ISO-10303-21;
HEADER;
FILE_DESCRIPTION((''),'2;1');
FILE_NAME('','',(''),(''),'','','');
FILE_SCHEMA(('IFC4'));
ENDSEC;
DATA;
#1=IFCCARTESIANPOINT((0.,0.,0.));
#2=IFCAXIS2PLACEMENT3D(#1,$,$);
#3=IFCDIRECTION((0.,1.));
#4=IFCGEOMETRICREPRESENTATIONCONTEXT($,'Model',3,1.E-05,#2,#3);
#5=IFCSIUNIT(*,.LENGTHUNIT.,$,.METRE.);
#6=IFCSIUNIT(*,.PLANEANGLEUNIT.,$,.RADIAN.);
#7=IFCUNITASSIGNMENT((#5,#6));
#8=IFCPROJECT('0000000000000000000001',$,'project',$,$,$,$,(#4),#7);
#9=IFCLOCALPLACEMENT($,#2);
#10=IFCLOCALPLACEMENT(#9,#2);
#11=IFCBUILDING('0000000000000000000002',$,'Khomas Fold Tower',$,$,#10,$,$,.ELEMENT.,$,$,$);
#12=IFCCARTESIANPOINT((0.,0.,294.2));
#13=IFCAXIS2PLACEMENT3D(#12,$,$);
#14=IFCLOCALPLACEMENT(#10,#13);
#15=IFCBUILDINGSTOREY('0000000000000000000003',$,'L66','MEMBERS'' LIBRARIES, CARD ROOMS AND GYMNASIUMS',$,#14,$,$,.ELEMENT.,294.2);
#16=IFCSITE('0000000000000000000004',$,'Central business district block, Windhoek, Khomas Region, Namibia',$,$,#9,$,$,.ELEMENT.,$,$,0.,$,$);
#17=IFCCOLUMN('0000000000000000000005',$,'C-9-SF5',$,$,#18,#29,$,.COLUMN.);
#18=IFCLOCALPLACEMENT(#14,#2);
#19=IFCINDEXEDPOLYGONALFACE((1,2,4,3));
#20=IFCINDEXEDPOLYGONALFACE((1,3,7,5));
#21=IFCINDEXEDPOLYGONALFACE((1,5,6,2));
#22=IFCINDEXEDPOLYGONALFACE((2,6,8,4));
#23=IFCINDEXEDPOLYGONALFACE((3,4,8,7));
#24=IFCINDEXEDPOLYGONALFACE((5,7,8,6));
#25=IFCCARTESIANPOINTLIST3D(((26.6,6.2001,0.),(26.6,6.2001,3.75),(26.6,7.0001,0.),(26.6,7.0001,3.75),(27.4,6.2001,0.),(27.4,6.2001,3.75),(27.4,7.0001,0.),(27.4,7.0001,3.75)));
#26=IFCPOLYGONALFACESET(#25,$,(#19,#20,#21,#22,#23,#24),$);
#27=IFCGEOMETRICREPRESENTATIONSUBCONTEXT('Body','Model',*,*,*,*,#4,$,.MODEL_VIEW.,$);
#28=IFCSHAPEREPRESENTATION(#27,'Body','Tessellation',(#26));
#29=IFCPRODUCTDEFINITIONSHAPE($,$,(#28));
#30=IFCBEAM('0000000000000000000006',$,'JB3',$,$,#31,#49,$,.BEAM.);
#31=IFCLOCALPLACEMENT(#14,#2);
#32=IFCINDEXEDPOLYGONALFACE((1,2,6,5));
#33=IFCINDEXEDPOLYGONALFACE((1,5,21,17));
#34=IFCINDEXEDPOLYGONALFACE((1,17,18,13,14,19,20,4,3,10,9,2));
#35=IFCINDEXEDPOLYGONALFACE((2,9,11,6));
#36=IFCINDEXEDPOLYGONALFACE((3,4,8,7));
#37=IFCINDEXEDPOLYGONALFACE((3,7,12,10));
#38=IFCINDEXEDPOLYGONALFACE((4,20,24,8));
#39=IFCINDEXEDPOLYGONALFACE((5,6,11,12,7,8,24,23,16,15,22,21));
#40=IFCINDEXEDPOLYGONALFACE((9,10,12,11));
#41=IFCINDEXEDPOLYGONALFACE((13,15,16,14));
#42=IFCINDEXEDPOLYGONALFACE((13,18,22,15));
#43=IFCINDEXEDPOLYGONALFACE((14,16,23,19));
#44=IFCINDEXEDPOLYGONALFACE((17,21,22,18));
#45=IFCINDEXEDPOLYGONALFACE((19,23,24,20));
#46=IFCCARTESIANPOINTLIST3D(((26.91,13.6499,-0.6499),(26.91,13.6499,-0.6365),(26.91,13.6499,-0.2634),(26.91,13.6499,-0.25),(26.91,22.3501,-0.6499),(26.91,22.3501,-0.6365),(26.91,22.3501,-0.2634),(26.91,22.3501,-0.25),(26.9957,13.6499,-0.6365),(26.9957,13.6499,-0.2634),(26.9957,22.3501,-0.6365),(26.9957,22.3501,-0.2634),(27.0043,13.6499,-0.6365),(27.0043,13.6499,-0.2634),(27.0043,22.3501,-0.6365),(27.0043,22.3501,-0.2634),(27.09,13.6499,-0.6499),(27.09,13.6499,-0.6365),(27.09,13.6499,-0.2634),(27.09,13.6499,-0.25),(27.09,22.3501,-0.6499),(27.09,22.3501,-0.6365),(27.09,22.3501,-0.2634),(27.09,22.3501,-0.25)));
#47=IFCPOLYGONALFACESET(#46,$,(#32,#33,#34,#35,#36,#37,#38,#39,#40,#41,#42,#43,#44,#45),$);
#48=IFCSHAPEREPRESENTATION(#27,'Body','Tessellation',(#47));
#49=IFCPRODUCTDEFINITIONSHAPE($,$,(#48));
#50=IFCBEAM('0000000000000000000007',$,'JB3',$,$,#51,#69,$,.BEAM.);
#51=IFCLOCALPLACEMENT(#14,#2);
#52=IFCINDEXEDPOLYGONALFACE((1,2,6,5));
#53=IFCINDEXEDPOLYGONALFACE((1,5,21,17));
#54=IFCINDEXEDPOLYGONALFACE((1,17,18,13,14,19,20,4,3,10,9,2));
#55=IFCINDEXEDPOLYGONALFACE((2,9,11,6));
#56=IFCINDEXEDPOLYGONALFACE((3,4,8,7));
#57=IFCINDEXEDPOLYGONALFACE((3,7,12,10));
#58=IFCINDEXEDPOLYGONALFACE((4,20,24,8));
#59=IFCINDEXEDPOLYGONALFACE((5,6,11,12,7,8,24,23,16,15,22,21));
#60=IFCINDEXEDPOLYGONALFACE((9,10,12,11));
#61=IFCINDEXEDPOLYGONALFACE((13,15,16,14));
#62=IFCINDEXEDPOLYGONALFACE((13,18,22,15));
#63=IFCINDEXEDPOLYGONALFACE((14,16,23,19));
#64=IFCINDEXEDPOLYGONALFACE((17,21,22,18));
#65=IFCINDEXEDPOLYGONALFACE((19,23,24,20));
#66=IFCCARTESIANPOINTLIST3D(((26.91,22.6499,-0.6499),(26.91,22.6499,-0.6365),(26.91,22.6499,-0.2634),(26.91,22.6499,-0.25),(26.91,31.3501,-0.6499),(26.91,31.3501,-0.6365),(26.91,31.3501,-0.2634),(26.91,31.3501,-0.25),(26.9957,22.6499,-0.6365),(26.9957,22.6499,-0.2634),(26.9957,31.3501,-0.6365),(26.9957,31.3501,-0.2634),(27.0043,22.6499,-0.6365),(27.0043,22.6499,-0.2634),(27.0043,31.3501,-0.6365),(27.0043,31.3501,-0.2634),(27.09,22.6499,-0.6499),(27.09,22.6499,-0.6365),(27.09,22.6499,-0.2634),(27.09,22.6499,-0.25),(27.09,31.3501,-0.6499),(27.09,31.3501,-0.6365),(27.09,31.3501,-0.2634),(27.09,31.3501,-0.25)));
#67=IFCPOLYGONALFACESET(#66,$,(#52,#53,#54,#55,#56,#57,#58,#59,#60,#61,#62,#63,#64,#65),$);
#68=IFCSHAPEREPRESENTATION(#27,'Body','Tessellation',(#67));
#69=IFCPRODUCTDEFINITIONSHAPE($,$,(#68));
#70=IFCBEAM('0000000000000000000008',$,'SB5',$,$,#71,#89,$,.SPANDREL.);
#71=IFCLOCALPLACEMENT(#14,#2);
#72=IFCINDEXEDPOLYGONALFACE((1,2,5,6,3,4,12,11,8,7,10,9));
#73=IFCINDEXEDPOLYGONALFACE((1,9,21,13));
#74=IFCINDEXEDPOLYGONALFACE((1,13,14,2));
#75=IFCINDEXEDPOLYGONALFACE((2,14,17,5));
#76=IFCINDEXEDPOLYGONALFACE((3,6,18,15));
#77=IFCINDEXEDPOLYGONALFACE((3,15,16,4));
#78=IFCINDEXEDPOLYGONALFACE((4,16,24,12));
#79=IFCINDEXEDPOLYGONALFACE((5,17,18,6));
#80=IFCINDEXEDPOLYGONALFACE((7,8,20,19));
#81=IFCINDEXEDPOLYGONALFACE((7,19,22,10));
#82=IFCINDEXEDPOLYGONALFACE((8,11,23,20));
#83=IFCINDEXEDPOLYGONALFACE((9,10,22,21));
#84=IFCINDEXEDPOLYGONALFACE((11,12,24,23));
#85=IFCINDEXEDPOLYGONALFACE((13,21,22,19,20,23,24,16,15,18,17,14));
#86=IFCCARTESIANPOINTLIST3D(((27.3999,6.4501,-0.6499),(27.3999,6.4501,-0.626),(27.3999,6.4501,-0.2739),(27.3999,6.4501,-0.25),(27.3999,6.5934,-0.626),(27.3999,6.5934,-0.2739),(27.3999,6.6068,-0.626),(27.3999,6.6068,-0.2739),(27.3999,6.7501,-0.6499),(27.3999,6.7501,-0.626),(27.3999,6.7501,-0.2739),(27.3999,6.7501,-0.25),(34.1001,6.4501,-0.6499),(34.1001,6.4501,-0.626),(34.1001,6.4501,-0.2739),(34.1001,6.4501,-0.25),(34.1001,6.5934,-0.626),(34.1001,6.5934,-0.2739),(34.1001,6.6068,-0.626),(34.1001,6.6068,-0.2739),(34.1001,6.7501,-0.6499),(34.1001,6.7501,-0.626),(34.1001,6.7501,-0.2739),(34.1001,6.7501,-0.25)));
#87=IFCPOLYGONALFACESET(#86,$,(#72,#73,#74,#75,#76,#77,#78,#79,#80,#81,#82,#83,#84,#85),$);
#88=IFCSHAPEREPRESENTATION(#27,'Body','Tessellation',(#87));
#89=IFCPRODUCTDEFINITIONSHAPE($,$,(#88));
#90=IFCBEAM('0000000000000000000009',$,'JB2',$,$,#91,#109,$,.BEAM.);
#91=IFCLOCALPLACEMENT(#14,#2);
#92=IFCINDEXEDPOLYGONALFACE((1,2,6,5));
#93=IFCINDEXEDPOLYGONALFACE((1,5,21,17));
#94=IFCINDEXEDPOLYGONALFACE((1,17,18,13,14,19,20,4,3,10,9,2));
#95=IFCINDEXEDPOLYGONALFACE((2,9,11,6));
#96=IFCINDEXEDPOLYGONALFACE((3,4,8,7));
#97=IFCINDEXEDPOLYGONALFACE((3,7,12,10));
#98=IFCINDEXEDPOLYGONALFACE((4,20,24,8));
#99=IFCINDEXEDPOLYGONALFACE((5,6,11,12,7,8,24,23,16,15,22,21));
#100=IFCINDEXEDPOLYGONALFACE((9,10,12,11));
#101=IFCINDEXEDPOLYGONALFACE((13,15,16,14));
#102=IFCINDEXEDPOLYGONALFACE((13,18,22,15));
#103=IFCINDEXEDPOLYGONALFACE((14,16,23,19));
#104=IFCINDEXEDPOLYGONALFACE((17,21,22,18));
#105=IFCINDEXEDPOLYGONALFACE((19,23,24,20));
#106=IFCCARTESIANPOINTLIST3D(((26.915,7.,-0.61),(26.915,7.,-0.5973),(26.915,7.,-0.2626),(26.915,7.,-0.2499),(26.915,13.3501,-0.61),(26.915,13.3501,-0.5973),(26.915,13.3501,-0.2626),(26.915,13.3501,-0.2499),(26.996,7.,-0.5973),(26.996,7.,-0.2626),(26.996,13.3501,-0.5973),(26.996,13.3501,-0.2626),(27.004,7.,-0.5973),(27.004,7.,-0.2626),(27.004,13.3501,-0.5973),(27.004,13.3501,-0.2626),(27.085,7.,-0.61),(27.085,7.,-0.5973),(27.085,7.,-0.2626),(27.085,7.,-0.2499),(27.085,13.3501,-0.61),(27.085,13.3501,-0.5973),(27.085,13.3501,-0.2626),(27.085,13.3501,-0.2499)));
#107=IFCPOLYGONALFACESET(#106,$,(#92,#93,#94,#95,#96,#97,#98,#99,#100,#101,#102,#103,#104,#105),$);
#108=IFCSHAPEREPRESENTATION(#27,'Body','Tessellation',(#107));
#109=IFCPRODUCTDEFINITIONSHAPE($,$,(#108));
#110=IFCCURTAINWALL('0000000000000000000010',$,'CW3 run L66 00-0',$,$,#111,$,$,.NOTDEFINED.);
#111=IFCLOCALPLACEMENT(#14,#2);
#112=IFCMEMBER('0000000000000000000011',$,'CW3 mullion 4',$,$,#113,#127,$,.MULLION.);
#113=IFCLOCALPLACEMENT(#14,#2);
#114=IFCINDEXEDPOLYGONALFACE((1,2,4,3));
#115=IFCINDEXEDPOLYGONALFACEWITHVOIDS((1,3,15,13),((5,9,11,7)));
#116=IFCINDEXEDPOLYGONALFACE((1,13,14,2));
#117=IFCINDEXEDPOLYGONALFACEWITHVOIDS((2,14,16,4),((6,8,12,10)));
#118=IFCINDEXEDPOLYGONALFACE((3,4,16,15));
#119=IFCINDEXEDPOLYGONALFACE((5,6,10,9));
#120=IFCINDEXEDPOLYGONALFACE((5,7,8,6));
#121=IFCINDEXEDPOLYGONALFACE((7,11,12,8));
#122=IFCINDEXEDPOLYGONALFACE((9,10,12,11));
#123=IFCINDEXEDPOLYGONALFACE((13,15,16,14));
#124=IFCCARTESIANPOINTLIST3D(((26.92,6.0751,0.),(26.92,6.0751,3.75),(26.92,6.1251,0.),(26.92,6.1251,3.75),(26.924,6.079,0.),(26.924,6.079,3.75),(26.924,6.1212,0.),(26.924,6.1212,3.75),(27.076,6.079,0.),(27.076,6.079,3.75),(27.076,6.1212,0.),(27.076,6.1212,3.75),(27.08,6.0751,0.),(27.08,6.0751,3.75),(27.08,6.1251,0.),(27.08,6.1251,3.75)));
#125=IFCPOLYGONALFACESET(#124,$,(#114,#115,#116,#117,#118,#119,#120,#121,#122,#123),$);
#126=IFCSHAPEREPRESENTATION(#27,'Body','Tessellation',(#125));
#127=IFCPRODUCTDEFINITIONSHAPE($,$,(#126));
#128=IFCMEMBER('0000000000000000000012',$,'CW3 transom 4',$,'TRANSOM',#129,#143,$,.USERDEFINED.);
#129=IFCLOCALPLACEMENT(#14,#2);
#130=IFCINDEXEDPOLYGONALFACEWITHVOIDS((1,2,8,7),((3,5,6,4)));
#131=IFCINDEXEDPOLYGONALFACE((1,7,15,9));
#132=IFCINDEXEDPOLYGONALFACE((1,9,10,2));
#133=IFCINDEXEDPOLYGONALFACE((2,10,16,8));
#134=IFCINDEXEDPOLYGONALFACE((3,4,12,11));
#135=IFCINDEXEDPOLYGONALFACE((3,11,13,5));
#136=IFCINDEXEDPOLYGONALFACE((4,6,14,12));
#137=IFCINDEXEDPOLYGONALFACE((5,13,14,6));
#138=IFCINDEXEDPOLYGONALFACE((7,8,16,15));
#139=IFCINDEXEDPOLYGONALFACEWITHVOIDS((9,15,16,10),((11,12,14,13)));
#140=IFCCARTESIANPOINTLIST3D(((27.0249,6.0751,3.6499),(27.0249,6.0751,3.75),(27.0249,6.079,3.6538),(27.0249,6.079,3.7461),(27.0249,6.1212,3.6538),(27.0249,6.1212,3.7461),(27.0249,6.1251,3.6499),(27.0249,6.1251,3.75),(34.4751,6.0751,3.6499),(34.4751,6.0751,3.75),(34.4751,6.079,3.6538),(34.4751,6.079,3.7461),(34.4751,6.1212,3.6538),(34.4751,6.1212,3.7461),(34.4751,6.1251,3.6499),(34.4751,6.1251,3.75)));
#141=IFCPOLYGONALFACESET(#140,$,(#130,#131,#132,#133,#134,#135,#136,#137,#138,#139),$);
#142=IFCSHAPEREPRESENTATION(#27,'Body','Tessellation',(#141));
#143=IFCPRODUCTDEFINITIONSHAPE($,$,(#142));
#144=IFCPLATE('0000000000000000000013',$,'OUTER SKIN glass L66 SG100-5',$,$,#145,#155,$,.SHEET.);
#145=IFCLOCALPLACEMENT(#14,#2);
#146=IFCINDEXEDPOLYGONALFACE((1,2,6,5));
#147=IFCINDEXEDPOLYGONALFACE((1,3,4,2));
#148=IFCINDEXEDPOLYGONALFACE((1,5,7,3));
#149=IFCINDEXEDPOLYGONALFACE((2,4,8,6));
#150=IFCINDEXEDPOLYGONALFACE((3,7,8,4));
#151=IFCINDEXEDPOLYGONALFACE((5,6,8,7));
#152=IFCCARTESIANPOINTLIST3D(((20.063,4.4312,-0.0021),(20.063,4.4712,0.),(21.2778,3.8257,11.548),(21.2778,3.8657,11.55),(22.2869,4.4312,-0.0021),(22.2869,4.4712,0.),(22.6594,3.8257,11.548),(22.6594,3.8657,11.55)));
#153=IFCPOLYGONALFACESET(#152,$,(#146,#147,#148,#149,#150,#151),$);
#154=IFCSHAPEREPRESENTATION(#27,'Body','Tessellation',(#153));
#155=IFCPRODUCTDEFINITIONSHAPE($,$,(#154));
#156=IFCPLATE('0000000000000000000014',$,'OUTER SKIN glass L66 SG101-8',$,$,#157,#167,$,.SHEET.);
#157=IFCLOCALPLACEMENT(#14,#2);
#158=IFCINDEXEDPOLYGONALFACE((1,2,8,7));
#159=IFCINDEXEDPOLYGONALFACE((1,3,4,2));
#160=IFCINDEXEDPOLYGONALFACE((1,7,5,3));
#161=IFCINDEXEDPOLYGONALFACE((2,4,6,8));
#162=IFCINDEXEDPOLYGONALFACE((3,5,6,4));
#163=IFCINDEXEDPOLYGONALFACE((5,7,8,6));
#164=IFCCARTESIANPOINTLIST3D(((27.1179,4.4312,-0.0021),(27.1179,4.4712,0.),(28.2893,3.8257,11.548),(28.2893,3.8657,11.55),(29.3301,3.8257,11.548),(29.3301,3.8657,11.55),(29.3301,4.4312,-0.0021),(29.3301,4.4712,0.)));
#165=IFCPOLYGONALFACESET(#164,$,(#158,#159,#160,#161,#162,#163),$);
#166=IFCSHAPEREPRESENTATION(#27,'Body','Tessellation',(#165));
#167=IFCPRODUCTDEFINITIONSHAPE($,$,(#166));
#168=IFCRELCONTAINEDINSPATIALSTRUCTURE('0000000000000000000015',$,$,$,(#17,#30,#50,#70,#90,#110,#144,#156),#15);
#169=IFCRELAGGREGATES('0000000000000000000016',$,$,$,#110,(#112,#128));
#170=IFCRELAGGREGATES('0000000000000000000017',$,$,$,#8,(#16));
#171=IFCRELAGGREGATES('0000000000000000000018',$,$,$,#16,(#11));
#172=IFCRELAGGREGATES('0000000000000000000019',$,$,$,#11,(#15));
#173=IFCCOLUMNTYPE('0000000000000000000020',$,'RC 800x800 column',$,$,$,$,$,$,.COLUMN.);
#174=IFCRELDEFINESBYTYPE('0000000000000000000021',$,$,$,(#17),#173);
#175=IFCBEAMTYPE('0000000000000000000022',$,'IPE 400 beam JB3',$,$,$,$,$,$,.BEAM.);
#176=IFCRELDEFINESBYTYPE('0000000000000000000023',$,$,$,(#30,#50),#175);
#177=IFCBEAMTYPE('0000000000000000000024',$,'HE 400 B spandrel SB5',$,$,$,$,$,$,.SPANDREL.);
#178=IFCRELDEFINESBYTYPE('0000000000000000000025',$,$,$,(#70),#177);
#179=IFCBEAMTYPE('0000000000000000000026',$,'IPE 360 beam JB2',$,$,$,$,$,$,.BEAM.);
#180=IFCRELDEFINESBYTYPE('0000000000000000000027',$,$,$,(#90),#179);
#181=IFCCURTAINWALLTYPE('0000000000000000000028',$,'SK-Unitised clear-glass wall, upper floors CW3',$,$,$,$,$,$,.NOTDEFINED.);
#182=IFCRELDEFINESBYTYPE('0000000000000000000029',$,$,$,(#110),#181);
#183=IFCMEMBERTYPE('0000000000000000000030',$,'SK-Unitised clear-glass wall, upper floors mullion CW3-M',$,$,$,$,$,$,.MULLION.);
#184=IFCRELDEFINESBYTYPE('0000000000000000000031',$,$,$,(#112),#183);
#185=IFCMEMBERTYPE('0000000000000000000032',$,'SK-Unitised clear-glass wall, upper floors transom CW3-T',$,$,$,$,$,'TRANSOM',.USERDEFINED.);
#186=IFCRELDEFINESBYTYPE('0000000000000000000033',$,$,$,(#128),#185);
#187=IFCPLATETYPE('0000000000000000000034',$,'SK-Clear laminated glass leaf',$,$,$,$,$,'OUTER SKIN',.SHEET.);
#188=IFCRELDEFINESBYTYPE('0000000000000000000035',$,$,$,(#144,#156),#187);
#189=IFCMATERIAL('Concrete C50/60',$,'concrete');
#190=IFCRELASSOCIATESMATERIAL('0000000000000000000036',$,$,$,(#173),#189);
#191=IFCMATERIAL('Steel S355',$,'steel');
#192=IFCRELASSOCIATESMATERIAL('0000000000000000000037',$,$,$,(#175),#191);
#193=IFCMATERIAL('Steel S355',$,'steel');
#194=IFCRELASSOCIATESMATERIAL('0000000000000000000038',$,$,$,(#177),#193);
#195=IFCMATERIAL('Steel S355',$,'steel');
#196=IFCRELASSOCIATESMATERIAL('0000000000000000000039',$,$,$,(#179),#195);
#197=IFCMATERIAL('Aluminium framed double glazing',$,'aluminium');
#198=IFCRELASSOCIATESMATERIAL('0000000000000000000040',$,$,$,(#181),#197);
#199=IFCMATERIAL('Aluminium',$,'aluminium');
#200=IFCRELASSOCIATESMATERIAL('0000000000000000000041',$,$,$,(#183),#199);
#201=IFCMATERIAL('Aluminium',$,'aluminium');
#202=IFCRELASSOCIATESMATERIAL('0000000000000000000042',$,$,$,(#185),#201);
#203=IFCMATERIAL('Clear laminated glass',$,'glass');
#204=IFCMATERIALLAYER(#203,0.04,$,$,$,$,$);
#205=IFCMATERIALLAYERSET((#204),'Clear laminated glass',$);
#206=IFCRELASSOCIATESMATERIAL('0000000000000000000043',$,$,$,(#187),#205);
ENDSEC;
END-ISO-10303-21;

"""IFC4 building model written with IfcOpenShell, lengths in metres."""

from ifc_helpers import new_model, si_unit, direction, frame, origin, origin_2d, place, context, subcontext, project, spatial, polyline, rectangle, hollow_rectangle, i_section, outline, extrude, source, transform, mapped, material, layer, layer_set, material_profile, profile_set, type_object, element, aggregate, save


model = new_model("IFC4")

# Units and contexts
model_context = context("Model", 3, precision=1e-05, world=origin(), true_north=direction((0.0, 1.0)))
body_context = subcontext(model_context, "Body", "Model", "MODEL_VIEW")
ifc_project = project(units=[si_unit("LENGTHUNIT", "METRE"), si_unit("PLANEANGLEUNIT", "RADIAN")], contexts=[model_context])

# Site, building, storey
site_placement = place(None, origin())
site = spatial("IfcSite", under=ifc_project, at=site_placement, Name="Central business district block, Windhoek, Khomas Region, Namibia", CompositionType="ELEMENT", RefElevation=0.0)
building_placement = place(site_placement, origin())
building = spatial("IfcBuilding", under=site, at=building_placement, Name="Khomas Fold Tower", CompositionType="ELEMENT")
storey_placement = place(building_placement, frame((0.0, 0.0, 294.2)))
storey = spatial("IfcBuildingStorey", under=building, at=storey_placement, Name="L66", Description="MEMBERS' LIBRARIES, CARD ROOMS AND GYMNASIUMS", CompositionType="ELEMENT", Elevation=294.2)

# Column
ifc_material_1 = material(Name="Concrete C50/60", Category="concrete")
ifc_material_profile_1 = material_profile(ifc_material_1, rectangle(XDim=0.8, YDim=0.8, at=origin_2d()), Name="RC 800x800")
ifc_profile_set_1 = profile_set([ifc_material_profile_1], Name="Concrete C50/60")
column_type = type_object("IfcColumnType", Name="RC 800x800 column", PredefinedType="COLUMN", material=ifc_profile_set_1)
shared_shape_1 = source(origin(), body_context, "Body", "SweptSolid", [
    extrude(rectangle(XDim=0.8, YDim=0.8, at=origin_2d()), origin(), (0.0, 0.0, 1.0), 3.75),
])
column_placement = place(storey_placement, frame((27.0, 6.6001, 0.0), z_axis=(0.0, 0.0, 1.0), x_axis=(1.0, 0.0, 0.0)))
element("IfcColumn", 1, at=column_placement, inside=storey, type_object=column_type, Name="C-9-SF5", PredefinedType="COLUMN", context=body_context, shape_type="MappedRepresentation", body=[
    mapped(shared_shape_1, transform((0.0, 0.0, 0.0))),
])

# Beams
ifc_material_2 = material(Name="Steel S355", Category="steel")
ifc_material_profile_2 = material_profile(ifc_material_2, i_section(OverallWidth=0.1799, OverallDepth=0.3999, WebThickness=0.0085, FlangeThickness=0.0134, at=origin_2d()), Name="IPE 400")
ifc_profile_set_2 = profile_set([ifc_material_profile_2], Name="Steel S355")
beam_type_1 = type_object("IfcBeamType", Name="IPE 400 beam JB3", PredefinedType="BEAM", material=ifc_profile_set_2)
shared_shape_2 = source(origin(), body_context, "Body", "SweptSolid", [
    extrude(i_section(OverallWidth=0.1799, OverallDepth=0.3999, WebThickness=0.0085, FlangeThickness=0.0134, at=origin_2d()), origin(), (0.0, 0.0, 1.0), 8.7002),
])
for number, where, z_axis, x_axis, name in (
    (2, (27.0, 13.6499, -0.45), (0.0, 1.0, 0.0), (-1.0, 0.0, 0.0), "JB3"),
    (3, (27.0, 22.6499, -0.45), (0.0, 1.0, 0.0), (-1.0, 0.0, 0.0), "JB3"),
):
    element("IfcBeam", number, at=place(storey_placement, frame(where, z_axis=z_axis, x_axis=x_axis)), inside=storey, type_object=beam_type_1, Name=name, PredefinedType="BEAM", context=body_context, shape_type="MappedRepresentation", body=[
        mapped(shared_shape_2, transform((0.0, 0.0, 0.0))),
    ])
ifc_material_3 = material(Name="Steel S355", Category="steel")
ifc_material_profile_3 = material_profile(ifc_material_3, i_section(OverallWidth=0.3, OverallDepth=0.3999, WebThickness=0.0134, FlangeThickness=0.0239, at=origin_2d()), Name="HE 400 B")
ifc_profile_set_3 = profile_set([ifc_material_profile_3], Name="Steel S355")
beam_type_2 = type_object("IfcBeamType", Name="HE 400 B spandrel SB5", PredefinedType="SPANDREL", material=ifc_profile_set_3)
shared_shape_3 = source(origin(), body_context, "Body", "SweptSolid", [
    extrude(i_section(OverallWidth=0.3, OverallDepth=0.3999, WebThickness=0.0134, FlangeThickness=0.0239, at=origin_2d()), origin(), (0.0, 0.0, 1.0), 6.7002),
])
beam_1_placement = place(storey_placement, frame((27.3999, 6.6001, -0.45), z_axis=(1.0, 0.0, 0.0), x_axis=(0.0, 1.0, 0.0)))
element("IfcBeam", 4, at=beam_1_placement, inside=storey, type_object=beam_type_2, Name="SB5", PredefinedType="SPANDREL", context=body_context, shape_type="MappedRepresentation", body=[
    mapped(shared_shape_3, transform((0.0, 0.0, 0.0))),
])
ifc_material_4 = material(Name="Steel S355", Category="steel")
ifc_material_profile_4 = material_profile(ifc_material_4, i_section(OverallWidth=0.1699, OverallDepth=0.3601, WebThickness=0.0081, FlangeThickness=0.0127, at=origin_2d()), Name="IPE 360")
ifc_profile_set_4 = profile_set([ifc_material_profile_4], Name="Steel S355")
beam_type_3 = type_object("IfcBeamType", Name="IPE 360 beam JB2", PredefinedType="BEAM", material=ifc_profile_set_4)
shared_shape_4 = source(origin(), body_context, "Body", "SweptSolid", [
    extrude(i_section(OverallWidth=0.1699, OverallDepth=0.3601, WebThickness=0.0081, FlangeThickness=0.0127, at=origin_2d()), origin(), (0.0, 0.0, 1.0), 6.3501),
])
beam_2_placement = place(storey_placement, frame((27.0, 7.0, -0.4299), z_axis=(0.0, 1.0, 0.0), x_axis=(-1.0, 0.0, 0.0)))
element("IfcBeam", 5, at=beam_2_placement, inside=storey, type_object=beam_type_3, Name="JB2", PredefinedType="BEAM", context=body_context, shape_type="MappedRepresentation", body=[
    mapped(shared_shape_4, transform((0.0, 0.0, 0.0))),
])

# Curtain wall, members
ifc_material_5 = material(Name="Aluminium framed double glazing", Category="aluminium")
curtain_wall_type = type_object("IfcCurtainWallType", Name="SK-Unitised clear-glass wall, upper floors CW3", PredefinedType="NOTDEFINED", material=ifc_material_5)
curtain_wall_placement = place(storey_placement, origin())
curtain_wall = element("IfcCurtainWall", 6, at=curtain_wall_placement, inside=storey, type_object=curtain_wall_type, Name="CW3 run L66 00-0", PredefinedType="NOTDEFINED")
ifc_material_6 = material(Name="Aluminium", Category="aluminium")
ifc_material_profile_5 = material_profile(ifc_material_6, hollow_rectangle(XDim=0.05, YDim=0.1599, WallThickness=0.0039, at=origin_2d()), Name="SK-Unitised clear-glass wall, upper floors mullion CW3-M")
ifc_profile_set_5 = profile_set([ifc_material_profile_5], Name="Aluminium")
member_type_1 = type_object("IfcMemberType", Name="SK-Unitised clear-glass wall, upper floors mullion CW3-M", PredefinedType="MULLION", material=ifc_profile_set_5)
shared_shape_5 = source(origin(), body_context, "Body", "SweptSolid", [
    extrude(hollow_rectangle(XDim=0.05, YDim=0.1599, WallThickness=0.0039, at=origin_2d()), origin(), (0.0, 0.0, 1.0), 3.75),
])
member_1_placement = place(storey_placement, frame((27.0, 6.1001, 0.0), z_axis=(0.0, 0.0, 1.0), x_axis=(0.0, 1.0, 0.0)))
member_1 = element("IfcMember", 7, at=member_1_placement, type_object=member_type_1, Name="CW3 mullion 4", PredefinedType="MULLION", context=body_context, shape_type="MappedRepresentation", body=[
    mapped(shared_shape_5, transform((0.0, 0.0, 0.0))),
])
ifc_material_7 = material(Name="Aluminium", Category="aluminium")
ifc_material_profile_6 = material_profile(ifc_material_7, hollow_rectangle(XDim=0.05, YDim=0.1001, WallThickness=0.0039, at=origin_2d()), Name="SK-Unitised clear-glass wall, upper floors transom CW3-T")
ifc_profile_set_6 = profile_set([ifc_material_profile_6], Name="Aluminium")
member_type_2 = type_object("IfcMemberType", Name="SK-Unitised clear-glass wall, upper floors transom CW3-T", ElementType="TRANSOM", PredefinedType="USERDEFINED", material=ifc_profile_set_6)
shared_shape_6 = source(origin(), body_context, "Body", "SweptSolid", [
    extrude(hollow_rectangle(XDim=0.05, YDim=0.1001, WallThickness=0.0039, at=origin_2d()), origin(), (0.0, 0.0, 1.0), 7.4502),
])
member_2_placement = place(storey_placement, frame((27.0249, 6.1001, 3.7), z_axis=(1.0, 0.0, 0.0), x_axis=(0.0, 1.0, 0.0)))
member_2 = element("IfcMember", 8, at=member_2_placement, type_object=member_type_2, Name="CW3 transom 4", ObjectType="TRANSOM", PredefinedType="USERDEFINED", context=body_context, shape_type="MappedRepresentation", body=[
    mapped(shared_shape_6, transform((0.0, 0.0, 0.0))),
])

# Plates
ifc_material_8 = material(Name="Clear laminated glass", Category="glass")
ifc_layer_1 = layer(ifc_material_8, 0.04)
ifc_layer_set_1 = layer_set([ifc_layer_1], Name="Clear laminated glass")
plate_type_1 = type_object("IfcPlateType", Name="SK-Clear laminated glass leaf", ElementType="OUTER SKIN", PredefinedType="SHEET", material=ifc_layer_set_1)
plate_1_placement = place(storey_placement, frame((22.2869, 4.4712, 0.0), z_axis=(0.0, 0.998629, 0.052349), x_axis=(-1.0, 0.0, 0.0)))
element("IfcPlate", 9, at=plate_1_placement, inside=storey, type_object=plate_type_1, Name="OUTER SKIN glass L66 SG100-5", PredefinedType="SHEET", context=body_context, shape_type="SweptSolid", body=[
    extrude(outline(polyline([(0.0, 0.0), (2.2239, 0.0), (1.009, 11.5659), (-0.3726, 11.5659), (0.0, 0.0)])), origin(), (0.0, 0.0, -1.0), 0.04),
])
plate_2_placement = place(storey_placement, frame((27.1179, 4.4712, 0.0), z_axis=(0.0, 0.998629, 0.052349), x_axis=(0.100764, -0.052083, 0.993546)))
element("IfcPlate", 10, at=plate_2_placement, inside=storey, type_object=plate_type_1, Name="OUTER SKIN glass L66 SG101-8", PredefinedType="SHEET", context=body_context, shape_type="SweptSolid", body=[
    extrude(outline(polyline([(0.0, 0.0), (11.6251, 0.0), (11.7299, 1.0355), (0.2229, 2.2009), (0.0, 0.0)])), origin(), (0.0, 0.0, -1.0), 0.04),
])

aggregate(curtain_wall, [member_1, member_2])

save(model, "model.ifc")
